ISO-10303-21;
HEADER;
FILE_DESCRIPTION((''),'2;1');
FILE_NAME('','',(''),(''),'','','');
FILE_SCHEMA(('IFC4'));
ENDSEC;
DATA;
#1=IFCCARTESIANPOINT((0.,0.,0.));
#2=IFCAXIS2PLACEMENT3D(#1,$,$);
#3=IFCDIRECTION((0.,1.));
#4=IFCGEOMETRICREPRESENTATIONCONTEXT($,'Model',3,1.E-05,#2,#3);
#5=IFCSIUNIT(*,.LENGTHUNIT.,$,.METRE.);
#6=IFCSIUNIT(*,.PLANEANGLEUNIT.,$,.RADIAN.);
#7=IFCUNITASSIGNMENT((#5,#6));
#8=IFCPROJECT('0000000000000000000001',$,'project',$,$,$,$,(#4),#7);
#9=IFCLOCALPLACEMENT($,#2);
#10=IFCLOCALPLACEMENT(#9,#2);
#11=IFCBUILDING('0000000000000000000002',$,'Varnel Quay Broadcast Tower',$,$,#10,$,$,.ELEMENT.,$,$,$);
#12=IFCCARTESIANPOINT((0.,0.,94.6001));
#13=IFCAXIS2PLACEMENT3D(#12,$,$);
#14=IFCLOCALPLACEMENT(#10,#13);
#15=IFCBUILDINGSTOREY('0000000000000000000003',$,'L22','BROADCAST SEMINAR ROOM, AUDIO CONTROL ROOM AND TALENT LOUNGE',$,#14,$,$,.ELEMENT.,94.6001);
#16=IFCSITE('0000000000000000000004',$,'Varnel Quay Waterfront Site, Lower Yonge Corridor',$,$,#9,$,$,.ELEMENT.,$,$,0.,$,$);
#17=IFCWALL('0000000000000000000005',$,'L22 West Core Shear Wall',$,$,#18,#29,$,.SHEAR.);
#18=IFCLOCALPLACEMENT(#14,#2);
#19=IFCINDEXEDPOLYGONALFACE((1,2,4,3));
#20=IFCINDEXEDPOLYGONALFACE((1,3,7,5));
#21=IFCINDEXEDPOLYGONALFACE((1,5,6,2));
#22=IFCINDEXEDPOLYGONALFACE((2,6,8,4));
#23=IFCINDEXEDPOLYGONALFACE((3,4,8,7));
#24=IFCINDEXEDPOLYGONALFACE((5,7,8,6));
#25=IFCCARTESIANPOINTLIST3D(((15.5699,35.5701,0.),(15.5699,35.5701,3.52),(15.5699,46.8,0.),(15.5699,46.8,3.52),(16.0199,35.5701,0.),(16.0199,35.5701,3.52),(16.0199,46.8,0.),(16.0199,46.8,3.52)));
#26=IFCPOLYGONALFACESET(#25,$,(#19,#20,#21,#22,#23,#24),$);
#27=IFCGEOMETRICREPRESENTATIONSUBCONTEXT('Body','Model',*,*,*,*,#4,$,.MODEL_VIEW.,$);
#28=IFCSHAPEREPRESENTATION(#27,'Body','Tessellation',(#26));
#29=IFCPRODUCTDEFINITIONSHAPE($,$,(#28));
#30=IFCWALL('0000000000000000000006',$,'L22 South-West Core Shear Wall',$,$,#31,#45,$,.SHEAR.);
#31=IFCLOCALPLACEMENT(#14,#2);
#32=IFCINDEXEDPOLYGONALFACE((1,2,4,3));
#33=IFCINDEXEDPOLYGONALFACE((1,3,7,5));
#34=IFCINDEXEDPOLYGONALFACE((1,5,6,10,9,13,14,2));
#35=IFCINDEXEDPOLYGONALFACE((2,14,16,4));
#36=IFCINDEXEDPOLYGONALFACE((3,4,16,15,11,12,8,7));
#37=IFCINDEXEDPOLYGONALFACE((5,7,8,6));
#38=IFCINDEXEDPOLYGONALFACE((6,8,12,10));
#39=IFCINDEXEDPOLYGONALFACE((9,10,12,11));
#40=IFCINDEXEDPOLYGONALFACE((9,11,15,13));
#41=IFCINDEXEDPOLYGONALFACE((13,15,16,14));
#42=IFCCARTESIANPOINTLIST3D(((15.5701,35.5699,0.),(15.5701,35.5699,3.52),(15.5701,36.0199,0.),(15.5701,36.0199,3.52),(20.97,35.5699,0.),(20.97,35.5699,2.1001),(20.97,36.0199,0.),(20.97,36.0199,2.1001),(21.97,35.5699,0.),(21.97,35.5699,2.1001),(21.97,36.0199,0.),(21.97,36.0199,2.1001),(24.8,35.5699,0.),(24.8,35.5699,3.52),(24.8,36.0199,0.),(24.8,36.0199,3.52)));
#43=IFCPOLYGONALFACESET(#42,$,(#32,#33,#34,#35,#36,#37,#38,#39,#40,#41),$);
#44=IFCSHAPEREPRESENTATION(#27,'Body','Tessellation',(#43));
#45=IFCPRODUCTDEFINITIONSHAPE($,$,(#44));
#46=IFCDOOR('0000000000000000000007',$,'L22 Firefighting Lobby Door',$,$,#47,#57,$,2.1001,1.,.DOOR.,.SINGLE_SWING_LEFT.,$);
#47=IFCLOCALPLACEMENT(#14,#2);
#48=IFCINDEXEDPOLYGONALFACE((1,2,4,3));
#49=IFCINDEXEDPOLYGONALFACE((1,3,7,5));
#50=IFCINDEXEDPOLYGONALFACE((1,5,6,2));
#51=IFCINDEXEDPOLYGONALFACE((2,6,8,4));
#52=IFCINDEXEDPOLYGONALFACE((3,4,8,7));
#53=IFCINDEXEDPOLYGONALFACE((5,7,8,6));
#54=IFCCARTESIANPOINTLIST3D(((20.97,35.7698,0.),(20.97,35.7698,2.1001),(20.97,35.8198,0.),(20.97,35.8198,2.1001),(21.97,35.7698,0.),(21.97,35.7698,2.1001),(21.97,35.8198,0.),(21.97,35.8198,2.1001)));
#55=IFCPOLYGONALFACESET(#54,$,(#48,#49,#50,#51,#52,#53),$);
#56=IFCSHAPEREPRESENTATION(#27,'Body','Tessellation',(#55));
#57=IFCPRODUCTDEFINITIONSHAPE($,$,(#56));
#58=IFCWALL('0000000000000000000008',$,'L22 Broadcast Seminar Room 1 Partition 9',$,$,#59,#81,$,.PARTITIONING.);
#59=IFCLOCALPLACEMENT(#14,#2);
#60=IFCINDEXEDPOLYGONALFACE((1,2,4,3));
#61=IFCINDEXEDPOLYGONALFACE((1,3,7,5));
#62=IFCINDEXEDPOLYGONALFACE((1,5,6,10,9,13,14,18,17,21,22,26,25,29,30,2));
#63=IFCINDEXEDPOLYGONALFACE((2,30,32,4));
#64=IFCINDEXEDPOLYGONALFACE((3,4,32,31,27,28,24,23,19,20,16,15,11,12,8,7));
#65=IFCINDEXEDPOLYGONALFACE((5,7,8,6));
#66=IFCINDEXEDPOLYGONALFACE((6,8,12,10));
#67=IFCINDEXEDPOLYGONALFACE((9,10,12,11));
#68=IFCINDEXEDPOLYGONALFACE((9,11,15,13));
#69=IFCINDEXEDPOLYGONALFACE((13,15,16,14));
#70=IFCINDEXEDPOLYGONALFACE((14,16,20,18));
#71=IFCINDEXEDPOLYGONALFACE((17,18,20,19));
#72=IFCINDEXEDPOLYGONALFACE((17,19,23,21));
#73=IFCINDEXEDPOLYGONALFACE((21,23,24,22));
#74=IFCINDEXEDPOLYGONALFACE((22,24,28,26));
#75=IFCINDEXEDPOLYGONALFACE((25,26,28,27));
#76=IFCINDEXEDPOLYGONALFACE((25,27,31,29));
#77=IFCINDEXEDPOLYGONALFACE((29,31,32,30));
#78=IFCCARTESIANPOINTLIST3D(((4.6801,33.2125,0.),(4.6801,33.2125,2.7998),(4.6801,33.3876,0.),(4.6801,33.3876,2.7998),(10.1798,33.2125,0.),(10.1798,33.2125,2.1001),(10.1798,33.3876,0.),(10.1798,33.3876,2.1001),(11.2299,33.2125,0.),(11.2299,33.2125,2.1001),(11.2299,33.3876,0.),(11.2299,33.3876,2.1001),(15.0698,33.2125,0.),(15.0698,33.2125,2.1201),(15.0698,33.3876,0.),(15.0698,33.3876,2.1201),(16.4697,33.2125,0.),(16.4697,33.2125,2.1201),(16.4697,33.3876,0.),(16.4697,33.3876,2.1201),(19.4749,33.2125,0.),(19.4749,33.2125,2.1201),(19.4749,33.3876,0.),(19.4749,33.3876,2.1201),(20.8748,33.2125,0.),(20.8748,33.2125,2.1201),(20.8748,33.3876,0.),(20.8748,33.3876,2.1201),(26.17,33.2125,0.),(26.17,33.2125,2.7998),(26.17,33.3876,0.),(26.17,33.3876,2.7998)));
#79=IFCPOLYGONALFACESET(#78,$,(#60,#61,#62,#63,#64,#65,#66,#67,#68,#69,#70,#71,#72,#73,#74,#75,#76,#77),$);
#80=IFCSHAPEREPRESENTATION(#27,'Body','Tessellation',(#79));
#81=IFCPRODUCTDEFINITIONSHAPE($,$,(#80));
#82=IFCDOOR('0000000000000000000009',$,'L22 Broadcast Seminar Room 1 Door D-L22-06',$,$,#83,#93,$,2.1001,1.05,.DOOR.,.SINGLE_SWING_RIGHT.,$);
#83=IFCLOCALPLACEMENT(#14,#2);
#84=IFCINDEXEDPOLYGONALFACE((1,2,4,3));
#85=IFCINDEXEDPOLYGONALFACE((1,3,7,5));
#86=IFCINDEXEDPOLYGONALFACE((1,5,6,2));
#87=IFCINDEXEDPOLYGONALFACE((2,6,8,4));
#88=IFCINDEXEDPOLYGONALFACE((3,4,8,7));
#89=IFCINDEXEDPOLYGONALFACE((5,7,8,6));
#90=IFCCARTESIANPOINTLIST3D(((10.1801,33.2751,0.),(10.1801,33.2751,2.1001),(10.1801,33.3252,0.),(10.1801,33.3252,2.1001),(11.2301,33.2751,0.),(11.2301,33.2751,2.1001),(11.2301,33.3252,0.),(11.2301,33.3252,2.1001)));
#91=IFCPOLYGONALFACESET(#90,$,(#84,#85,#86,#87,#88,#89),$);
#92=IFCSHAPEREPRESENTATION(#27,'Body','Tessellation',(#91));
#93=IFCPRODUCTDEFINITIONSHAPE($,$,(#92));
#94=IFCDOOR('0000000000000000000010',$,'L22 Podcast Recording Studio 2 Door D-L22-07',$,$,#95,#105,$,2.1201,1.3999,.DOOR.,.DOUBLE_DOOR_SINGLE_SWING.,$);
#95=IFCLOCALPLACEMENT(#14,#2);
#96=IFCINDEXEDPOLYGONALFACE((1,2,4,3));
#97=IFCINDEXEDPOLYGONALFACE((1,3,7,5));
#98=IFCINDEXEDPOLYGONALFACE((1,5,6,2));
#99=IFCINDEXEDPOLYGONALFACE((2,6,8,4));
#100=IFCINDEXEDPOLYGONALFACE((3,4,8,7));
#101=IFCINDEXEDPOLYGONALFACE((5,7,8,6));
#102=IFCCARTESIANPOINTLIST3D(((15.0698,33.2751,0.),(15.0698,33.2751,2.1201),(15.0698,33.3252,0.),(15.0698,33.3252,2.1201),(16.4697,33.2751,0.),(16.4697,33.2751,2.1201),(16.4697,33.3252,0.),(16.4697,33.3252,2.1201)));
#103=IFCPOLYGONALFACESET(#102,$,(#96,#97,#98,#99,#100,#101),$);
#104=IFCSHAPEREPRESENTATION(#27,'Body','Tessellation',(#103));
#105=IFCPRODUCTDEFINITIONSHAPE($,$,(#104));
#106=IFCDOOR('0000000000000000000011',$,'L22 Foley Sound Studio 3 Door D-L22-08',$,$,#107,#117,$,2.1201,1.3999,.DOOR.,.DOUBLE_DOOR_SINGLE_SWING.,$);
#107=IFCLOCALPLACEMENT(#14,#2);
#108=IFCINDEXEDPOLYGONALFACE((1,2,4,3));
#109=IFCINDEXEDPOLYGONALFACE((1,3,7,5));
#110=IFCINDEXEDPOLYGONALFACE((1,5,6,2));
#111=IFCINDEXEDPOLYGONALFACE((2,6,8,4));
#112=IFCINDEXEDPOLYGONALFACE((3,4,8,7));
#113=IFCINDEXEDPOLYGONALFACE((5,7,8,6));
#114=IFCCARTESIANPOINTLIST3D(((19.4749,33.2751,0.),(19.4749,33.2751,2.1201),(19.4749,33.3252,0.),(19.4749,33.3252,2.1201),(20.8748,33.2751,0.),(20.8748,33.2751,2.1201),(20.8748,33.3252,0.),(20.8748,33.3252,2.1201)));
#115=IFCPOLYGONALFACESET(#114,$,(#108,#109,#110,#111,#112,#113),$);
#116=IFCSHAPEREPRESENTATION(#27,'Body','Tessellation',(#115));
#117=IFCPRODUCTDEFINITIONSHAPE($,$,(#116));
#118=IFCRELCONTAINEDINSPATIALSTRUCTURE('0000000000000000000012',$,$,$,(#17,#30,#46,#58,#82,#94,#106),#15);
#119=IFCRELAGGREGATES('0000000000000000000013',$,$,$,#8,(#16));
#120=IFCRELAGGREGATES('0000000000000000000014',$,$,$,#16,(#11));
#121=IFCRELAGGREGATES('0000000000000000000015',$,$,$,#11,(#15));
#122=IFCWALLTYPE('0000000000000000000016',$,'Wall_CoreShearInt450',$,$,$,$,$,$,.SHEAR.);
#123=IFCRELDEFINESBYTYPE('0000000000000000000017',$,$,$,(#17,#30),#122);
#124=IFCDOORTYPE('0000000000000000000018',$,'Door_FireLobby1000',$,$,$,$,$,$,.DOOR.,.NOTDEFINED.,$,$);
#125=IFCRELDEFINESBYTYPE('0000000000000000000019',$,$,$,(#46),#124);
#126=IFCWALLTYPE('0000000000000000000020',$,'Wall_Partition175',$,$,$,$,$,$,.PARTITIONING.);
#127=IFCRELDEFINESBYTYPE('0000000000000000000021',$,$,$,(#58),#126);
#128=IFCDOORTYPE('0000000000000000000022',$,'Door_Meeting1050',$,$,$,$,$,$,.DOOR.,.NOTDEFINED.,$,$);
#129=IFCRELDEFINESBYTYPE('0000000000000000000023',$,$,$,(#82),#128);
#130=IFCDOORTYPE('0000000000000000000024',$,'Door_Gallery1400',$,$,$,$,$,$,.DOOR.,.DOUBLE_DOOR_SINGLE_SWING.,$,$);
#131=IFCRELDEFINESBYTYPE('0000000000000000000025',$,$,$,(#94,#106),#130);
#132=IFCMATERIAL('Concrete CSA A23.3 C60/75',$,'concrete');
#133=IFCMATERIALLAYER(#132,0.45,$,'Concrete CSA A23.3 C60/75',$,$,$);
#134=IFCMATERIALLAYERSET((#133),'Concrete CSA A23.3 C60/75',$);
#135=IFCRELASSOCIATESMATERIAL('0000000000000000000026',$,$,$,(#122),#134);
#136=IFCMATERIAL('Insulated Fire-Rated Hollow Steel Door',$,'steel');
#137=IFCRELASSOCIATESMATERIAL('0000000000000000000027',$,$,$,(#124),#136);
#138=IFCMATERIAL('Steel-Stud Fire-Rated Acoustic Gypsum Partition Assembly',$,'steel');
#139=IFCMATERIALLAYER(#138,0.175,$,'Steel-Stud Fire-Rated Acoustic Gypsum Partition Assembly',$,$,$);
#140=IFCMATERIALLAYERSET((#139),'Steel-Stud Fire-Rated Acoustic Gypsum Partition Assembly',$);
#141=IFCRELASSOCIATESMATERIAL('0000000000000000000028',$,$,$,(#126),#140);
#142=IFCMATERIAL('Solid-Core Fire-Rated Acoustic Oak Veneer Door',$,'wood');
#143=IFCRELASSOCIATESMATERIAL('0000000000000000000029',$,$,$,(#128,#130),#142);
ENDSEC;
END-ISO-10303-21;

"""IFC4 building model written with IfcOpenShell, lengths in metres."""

from ifc_helpers import new_model, si_unit, direction, frame, frame_2d, origin, place, context, subcontext, project, spatial, rectangle, extrude, source, transform, mapped, material, layer, layer_set, type_object, type_shapes, element, fill, save


model = new_model("IFC4")

# Units and contexts
model_context = context("Model", 3, precision=1e-05, world=origin(), true_north=direction((0.0, 1.0)))
body_context = subcontext(model_context, "Body", "Model", "MODEL_VIEW")
ifc_project = project(units=[si_unit("LENGTHUNIT", "METRE"), si_unit("PLANEANGLEUNIT", "RADIAN")], contexts=[model_context])

# Site, building, storey
site_placement = place(None, origin())
site = spatial("IfcSite", under=ifc_project, at=site_placement, Name="Varnel Quay Waterfront Site, Lower Yonge Corridor", CompositionType="ELEMENT", RefElevation=0.0)
building_placement = place(site_placement, origin())
building = spatial("IfcBuilding", under=site, at=building_placement, Name="Varnel Quay Broadcast Tower", CompositionType="ELEMENT")
storey_placement = place(building_placement, frame((0.0, 0.0, 94.6001)))
storey = spatial("IfcBuildingStorey", under=building, at=storey_placement, Name="L22", Description="BROADCAST SEMINAR ROOM, AUDIO CONTROL ROOM AND TALENT LOUNGE", CompositionType="ELEMENT", Elevation=94.6001)

# Shared definitions
ifc_material_1 = material(Name="Concrete CSA A23.3 C60/75", Category="concrete")

# Wall
ifc_layer_1 = layer(ifc_material_1, 0.45, Name="Concrete CSA A23.3 C60/75")
ifc_layer_set_1 = layer_set([ifc_layer_1], Name="Concrete CSA A23.3 C60/75")
wall_type_1 = type_object("IfcWallType", Name="Wall_CoreShearInt450", PredefinedType="SHEAR", material=ifc_layer_set_1)
wall_1_placement = place(storey_placement, frame((15.7949, 35.5701, 0.0), z_axis=(0.0, 0.0, 1.0), x_axis=(0.0, 1.0, 0.0)))
element("IfcWall", 1, at=wall_1_placement, inside=storey, type_object=wall_type_1, Name="L22 West Core Shear Wall", PredefinedType="SHEAR", context=body_context, shape_type="SweptSolid", body=[
    extrude(rectangle(XDim=11.23, YDim=0.45, at=frame_2d((5.615, 0.0))), origin(), (0.0, 0.0, 1.0), 3.52),
])

# Wall, opening, door
wall_2_placement = place(storey_placement, frame((15.5701, 35.7949, 0.0), z_axis=(0.0, 0.0, 1.0), x_axis=(1.0, 0.0, 0.0)))
wall_2 = element("IfcWall", 2, at=wall_2_placement, inside=storey, type_object=wall_type_1, Name="L22 South-West Core Shear Wall", PredefinedType="SHEAR", context=body_context, shape_type="SweptSolid", body=[
    extrude(rectangle(XDim=9.23, YDim=0.45, at=frame_2d((4.615, 0.0))), origin(), (0.0, 0.0, 1.0), 3.52),
])
opening_1_placement = place(wall_2_placement, frame((5.3999, 0.0, 0.0)))
opening_1 = element("IfcOpeningElement", 3, at=opening_1_placement, cuts=wall_2, PredefinedType="OPENING", context=body_context, shape_type="SweptSolid", body=[
    extrude(rectangle(XDim=1.0, YDim=2.1001, at=frame_2d((0.5, 1.05))), frame((0.0, 0.2349, 0.0), z_axis=(0.0, -1.0, 0.0), x_axis=(1.0, 0.0, 0.0)), (0.0, 0.0, 1.0), 0.47),
])
ifc_material_2 = material(Name="Insulated Fire-Rated Hollow Steel Door", Category="steel")
door_type_1 = type_object("IfcDoorType", Name="Door_FireLobby1000", OperationType="NOTDEFINED", PredefinedType="DOOR", material=ifc_material_2)
shared_shape_1 = source(origin(), body_context, "Body", "SweptSolid", [
    extrude(rectangle(XDim=1.0, YDim=2.1001, at=frame_2d((0.5, 1.05))), frame((0.0, 0.0249, 0.0), z_axis=(0.0, -1.0, 0.0), x_axis=(1.0, 0.0, 0.0)), (0.0, 0.0, 1.0), 0.05),
])
type_shapes(door_type_1, [shared_shape_1])
door_1_placement = place(opening_1_placement, origin())
door_1 = element("IfcDoor", 4, at=door_1_placement, inside=storey, type_object=door_type_1, Name="L22 Firefighting Lobby Door", OperationType="SINGLE_SWING_LEFT", OverallHeight=2.1001, OverallWidth=1.0, PredefinedType="DOOR", context=body_context, shape_type="MappedRepresentation", body=[
    mapped(shared_shape_1, transform((0.0, 0.0, 0.0), x_axis=(1.0, 0.0, 0.0), y_axis=(0.0, 1.0, 0.0), z_axis=(0.0, 0.0, 1.0), scale=1.0)),
])
fill(opening_1, door_1)

# Wall, openings, doors
ifc_material_3 = material(Name="Steel-Stud Fire-Rated Acoustic Gypsum Partition Assembly", Category="steel")
ifc_layer_2 = layer(ifc_material_3, 0.175, Name="Steel-Stud Fire-Rated Acoustic Gypsum Partition Assembly")
ifc_layer_set_2 = layer_set([ifc_layer_2], Name="Steel-Stud Fire-Rated Acoustic Gypsum Partition Assembly")
wall_type_2 = type_object("IfcWallType", Name="Wall_Partition175", PredefinedType="PARTITIONING", material=ifc_layer_set_2)
wall_3_placement = place(storey_placement, frame((4.6799, 33.3, 0.0), z_axis=(0.0, 0.0, 1.0), x_axis=(1.0, 0.0, 0.0)))
wall_3 = element("IfcWall", 5, at=wall_3_placement, inside=storey, type_object=wall_type_2, Name="L22 Broadcast Seminar Room 1 Partition 9", PredefinedType="PARTITIONING", context=body_context, shape_type="SweptSolid", body=[
    extrude(rectangle(XDim=21.49, YDim=0.175, at=frame_2d((10.7451, 0.0))), origin(), (0.0, 0.0, 1.0), 2.7998),
])
opening_2_placement = place(wall_3_placement, frame((5.5, 0.0, 0.0)))
opening_2 = element("IfcOpeningElement", 6, at=opening_2_placement, cuts=wall_3, PredefinedType="OPENING", context=body_context, shape_type="SweptSolid", body=[
    extrude(rectangle(XDim=1.05, YDim=2.1001, at=frame_2d((0.5249, 1.05))), frame((0.0, 0.0977, 0.0), z_axis=(0.0, -1.0, 0.0), x_axis=(1.0, 0.0, 0.0)), (0.0, 0.0, 1.0), 0.1951),
])
opening_3_placement = place(wall_3_placement, frame((10.3899, 0.0, 0.0)))
opening_3 = element("IfcOpeningElement", 7, at=opening_3_placement, cuts=wall_3, PredefinedType="OPENING", context=body_context, shape_type="SweptSolid", body=[
    extrude(rectangle(XDim=1.3999, YDim=2.1201, at=frame_2d((0.7, 1.0601))), frame((0.0, 0.0977, 0.0), z_axis=(0.0, -1.0, 0.0), x_axis=(1.0, 0.0, 0.0)), (0.0, 0.0, 1.0), 0.1951),
])
opening_4_placement = place(wall_3_placement, frame((14.7949, 0.0, 0.0)))
opening_4 = element("IfcOpeningElement", 8, at=opening_4_placement, cuts=wall_3, PredefinedType="OPENING", context=body_context, shape_type="SweptSolid", body=[
    extrude(rectangle(XDim=1.3999, YDim=2.1201, at=frame_2d((0.7, 1.0601))), frame((0.0, 0.0977, 0.0), z_axis=(0.0, -1.0, 0.0), x_axis=(1.0, 0.0, 0.0)), (0.0, 0.0, 1.0), 0.1951),
])
ifc_material_4 = material(Name="Solid-Core Fire-Rated Acoustic Oak Veneer Door", Category="wood")
door_type_2 = type_object("IfcDoorType", Name="Door_Meeting1050", OperationType="NOTDEFINED", PredefinedType="DOOR", material=ifc_material_4)
shared_shape_2 = source(origin(), body_context, "Body", "SweptSolid", [
    extrude(rectangle(XDim=1.05, YDim=2.1001, at=frame_2d((0.5249, 1.05))), frame((0.0, 0.0249, 0.0), z_axis=(0.0, -1.0, 0.0), x_axis=(1.0, 0.0, 0.0)), (0.0, 0.0, 1.0), 0.05),
])
type_shapes(door_type_2, [shared_shape_2])
door_2_placement = place(opening_2_placement, frame((1.05, 0.0, 0.0), z_axis=(0.0, 0.0, 1.0), x_axis=(-1.0, 0.0, 0.0)))
door_2 = element("IfcDoor", 9, at=door_2_placement, inside=storey, type_object=door_type_2, Name="L22 Broadcast Seminar Room 1 Door D-L22-06", OperationType="SINGLE_SWING_RIGHT", OverallHeight=2.1001, OverallWidth=1.05, PredefinedType="DOOR", context=body_context, shape_type="MappedRepresentation", body=[
    mapped(shared_shape_2, transform((0.0, 0.0, 0.0), x_axis=(1.0, 0.0, 0.0), y_axis=(0.0, 1.0, 0.0), z_axis=(0.0, 0.0, 1.0), scale=1.0)),
])
fill(opening_2, door_2)
door_type_3 = type_object("IfcDoorType", Name="Door_Gallery1400", OperationType="DOUBLE_DOOR_SINGLE_SWING", PredefinedType="DOOR", material=ifc_material_4)
shared_shape_3 = source(origin(), body_context, "Body", "SweptSolid", [
    extrude(rectangle(XDim=1.3999, YDim=2.1201, at=frame_2d((0.7, 1.0601))), frame((0.0, 0.0249, 0.0), z_axis=(0.0, -1.0, 0.0), x_axis=(1.0, 0.0, 0.0)), (0.0, 0.0, 1.0), 0.05),
])
type_shapes(door_type_3, [shared_shape_3])
door_3_placement = place(opening_3_placement, frame((1.3999, 0.0, 0.0), z_axis=(0.0, 0.0, 1.0), x_axis=(-1.0, 0.0, 0.0)))
door_3 = element("IfcDoor", 10, at=door_3_placement, inside=storey, type_object=door_type_3, Name="L22 Podcast Recording Studio 2 Door D-L22-07", OperationType="DOUBLE_DOOR_SINGLE_SWING", OverallHeight=2.1201, OverallWidth=1.3999, PredefinedType="DOOR", context=body_context, shape_type="MappedRepresentation", body=[
    mapped(shared_shape_3, transform((0.0, 0.0, 0.0), x_axis=(1.0, 0.0, 0.0), y_axis=(0.0, 1.0, 0.0), z_axis=(0.0, 0.0, 1.0), scale=1.0)),
])
fill(opening_3, door_3)
door_4_placement = place(opening_4_placement, frame((1.3999, 0.0, 0.0), z_axis=(0.0, 0.0, 1.0), x_axis=(-1.0, 0.0, 0.0)))
door_4 = element("IfcDoor", 11, at=door_4_placement, inside=storey, type_object=door_type_3, Name="L22 Foley Sound Studio 3 Door D-L22-08", OperationType="DOUBLE_DOOR_SINGLE_SWING", OverallHeight=2.1201, OverallWidth=1.3999, PredefinedType="DOOR", context=body_context, shape_type="MappedRepresentation", body=[
    mapped(shared_shape_3, transform((0.0, 0.0, 0.0), x_axis=(1.0, 0.0, 0.0), y_axis=(0.0, 1.0, 0.0), z_axis=(0.0, 0.0, 1.0), scale=1.0)),
])
fill(opening_4, door_4)

save(model, "model.ifc")
